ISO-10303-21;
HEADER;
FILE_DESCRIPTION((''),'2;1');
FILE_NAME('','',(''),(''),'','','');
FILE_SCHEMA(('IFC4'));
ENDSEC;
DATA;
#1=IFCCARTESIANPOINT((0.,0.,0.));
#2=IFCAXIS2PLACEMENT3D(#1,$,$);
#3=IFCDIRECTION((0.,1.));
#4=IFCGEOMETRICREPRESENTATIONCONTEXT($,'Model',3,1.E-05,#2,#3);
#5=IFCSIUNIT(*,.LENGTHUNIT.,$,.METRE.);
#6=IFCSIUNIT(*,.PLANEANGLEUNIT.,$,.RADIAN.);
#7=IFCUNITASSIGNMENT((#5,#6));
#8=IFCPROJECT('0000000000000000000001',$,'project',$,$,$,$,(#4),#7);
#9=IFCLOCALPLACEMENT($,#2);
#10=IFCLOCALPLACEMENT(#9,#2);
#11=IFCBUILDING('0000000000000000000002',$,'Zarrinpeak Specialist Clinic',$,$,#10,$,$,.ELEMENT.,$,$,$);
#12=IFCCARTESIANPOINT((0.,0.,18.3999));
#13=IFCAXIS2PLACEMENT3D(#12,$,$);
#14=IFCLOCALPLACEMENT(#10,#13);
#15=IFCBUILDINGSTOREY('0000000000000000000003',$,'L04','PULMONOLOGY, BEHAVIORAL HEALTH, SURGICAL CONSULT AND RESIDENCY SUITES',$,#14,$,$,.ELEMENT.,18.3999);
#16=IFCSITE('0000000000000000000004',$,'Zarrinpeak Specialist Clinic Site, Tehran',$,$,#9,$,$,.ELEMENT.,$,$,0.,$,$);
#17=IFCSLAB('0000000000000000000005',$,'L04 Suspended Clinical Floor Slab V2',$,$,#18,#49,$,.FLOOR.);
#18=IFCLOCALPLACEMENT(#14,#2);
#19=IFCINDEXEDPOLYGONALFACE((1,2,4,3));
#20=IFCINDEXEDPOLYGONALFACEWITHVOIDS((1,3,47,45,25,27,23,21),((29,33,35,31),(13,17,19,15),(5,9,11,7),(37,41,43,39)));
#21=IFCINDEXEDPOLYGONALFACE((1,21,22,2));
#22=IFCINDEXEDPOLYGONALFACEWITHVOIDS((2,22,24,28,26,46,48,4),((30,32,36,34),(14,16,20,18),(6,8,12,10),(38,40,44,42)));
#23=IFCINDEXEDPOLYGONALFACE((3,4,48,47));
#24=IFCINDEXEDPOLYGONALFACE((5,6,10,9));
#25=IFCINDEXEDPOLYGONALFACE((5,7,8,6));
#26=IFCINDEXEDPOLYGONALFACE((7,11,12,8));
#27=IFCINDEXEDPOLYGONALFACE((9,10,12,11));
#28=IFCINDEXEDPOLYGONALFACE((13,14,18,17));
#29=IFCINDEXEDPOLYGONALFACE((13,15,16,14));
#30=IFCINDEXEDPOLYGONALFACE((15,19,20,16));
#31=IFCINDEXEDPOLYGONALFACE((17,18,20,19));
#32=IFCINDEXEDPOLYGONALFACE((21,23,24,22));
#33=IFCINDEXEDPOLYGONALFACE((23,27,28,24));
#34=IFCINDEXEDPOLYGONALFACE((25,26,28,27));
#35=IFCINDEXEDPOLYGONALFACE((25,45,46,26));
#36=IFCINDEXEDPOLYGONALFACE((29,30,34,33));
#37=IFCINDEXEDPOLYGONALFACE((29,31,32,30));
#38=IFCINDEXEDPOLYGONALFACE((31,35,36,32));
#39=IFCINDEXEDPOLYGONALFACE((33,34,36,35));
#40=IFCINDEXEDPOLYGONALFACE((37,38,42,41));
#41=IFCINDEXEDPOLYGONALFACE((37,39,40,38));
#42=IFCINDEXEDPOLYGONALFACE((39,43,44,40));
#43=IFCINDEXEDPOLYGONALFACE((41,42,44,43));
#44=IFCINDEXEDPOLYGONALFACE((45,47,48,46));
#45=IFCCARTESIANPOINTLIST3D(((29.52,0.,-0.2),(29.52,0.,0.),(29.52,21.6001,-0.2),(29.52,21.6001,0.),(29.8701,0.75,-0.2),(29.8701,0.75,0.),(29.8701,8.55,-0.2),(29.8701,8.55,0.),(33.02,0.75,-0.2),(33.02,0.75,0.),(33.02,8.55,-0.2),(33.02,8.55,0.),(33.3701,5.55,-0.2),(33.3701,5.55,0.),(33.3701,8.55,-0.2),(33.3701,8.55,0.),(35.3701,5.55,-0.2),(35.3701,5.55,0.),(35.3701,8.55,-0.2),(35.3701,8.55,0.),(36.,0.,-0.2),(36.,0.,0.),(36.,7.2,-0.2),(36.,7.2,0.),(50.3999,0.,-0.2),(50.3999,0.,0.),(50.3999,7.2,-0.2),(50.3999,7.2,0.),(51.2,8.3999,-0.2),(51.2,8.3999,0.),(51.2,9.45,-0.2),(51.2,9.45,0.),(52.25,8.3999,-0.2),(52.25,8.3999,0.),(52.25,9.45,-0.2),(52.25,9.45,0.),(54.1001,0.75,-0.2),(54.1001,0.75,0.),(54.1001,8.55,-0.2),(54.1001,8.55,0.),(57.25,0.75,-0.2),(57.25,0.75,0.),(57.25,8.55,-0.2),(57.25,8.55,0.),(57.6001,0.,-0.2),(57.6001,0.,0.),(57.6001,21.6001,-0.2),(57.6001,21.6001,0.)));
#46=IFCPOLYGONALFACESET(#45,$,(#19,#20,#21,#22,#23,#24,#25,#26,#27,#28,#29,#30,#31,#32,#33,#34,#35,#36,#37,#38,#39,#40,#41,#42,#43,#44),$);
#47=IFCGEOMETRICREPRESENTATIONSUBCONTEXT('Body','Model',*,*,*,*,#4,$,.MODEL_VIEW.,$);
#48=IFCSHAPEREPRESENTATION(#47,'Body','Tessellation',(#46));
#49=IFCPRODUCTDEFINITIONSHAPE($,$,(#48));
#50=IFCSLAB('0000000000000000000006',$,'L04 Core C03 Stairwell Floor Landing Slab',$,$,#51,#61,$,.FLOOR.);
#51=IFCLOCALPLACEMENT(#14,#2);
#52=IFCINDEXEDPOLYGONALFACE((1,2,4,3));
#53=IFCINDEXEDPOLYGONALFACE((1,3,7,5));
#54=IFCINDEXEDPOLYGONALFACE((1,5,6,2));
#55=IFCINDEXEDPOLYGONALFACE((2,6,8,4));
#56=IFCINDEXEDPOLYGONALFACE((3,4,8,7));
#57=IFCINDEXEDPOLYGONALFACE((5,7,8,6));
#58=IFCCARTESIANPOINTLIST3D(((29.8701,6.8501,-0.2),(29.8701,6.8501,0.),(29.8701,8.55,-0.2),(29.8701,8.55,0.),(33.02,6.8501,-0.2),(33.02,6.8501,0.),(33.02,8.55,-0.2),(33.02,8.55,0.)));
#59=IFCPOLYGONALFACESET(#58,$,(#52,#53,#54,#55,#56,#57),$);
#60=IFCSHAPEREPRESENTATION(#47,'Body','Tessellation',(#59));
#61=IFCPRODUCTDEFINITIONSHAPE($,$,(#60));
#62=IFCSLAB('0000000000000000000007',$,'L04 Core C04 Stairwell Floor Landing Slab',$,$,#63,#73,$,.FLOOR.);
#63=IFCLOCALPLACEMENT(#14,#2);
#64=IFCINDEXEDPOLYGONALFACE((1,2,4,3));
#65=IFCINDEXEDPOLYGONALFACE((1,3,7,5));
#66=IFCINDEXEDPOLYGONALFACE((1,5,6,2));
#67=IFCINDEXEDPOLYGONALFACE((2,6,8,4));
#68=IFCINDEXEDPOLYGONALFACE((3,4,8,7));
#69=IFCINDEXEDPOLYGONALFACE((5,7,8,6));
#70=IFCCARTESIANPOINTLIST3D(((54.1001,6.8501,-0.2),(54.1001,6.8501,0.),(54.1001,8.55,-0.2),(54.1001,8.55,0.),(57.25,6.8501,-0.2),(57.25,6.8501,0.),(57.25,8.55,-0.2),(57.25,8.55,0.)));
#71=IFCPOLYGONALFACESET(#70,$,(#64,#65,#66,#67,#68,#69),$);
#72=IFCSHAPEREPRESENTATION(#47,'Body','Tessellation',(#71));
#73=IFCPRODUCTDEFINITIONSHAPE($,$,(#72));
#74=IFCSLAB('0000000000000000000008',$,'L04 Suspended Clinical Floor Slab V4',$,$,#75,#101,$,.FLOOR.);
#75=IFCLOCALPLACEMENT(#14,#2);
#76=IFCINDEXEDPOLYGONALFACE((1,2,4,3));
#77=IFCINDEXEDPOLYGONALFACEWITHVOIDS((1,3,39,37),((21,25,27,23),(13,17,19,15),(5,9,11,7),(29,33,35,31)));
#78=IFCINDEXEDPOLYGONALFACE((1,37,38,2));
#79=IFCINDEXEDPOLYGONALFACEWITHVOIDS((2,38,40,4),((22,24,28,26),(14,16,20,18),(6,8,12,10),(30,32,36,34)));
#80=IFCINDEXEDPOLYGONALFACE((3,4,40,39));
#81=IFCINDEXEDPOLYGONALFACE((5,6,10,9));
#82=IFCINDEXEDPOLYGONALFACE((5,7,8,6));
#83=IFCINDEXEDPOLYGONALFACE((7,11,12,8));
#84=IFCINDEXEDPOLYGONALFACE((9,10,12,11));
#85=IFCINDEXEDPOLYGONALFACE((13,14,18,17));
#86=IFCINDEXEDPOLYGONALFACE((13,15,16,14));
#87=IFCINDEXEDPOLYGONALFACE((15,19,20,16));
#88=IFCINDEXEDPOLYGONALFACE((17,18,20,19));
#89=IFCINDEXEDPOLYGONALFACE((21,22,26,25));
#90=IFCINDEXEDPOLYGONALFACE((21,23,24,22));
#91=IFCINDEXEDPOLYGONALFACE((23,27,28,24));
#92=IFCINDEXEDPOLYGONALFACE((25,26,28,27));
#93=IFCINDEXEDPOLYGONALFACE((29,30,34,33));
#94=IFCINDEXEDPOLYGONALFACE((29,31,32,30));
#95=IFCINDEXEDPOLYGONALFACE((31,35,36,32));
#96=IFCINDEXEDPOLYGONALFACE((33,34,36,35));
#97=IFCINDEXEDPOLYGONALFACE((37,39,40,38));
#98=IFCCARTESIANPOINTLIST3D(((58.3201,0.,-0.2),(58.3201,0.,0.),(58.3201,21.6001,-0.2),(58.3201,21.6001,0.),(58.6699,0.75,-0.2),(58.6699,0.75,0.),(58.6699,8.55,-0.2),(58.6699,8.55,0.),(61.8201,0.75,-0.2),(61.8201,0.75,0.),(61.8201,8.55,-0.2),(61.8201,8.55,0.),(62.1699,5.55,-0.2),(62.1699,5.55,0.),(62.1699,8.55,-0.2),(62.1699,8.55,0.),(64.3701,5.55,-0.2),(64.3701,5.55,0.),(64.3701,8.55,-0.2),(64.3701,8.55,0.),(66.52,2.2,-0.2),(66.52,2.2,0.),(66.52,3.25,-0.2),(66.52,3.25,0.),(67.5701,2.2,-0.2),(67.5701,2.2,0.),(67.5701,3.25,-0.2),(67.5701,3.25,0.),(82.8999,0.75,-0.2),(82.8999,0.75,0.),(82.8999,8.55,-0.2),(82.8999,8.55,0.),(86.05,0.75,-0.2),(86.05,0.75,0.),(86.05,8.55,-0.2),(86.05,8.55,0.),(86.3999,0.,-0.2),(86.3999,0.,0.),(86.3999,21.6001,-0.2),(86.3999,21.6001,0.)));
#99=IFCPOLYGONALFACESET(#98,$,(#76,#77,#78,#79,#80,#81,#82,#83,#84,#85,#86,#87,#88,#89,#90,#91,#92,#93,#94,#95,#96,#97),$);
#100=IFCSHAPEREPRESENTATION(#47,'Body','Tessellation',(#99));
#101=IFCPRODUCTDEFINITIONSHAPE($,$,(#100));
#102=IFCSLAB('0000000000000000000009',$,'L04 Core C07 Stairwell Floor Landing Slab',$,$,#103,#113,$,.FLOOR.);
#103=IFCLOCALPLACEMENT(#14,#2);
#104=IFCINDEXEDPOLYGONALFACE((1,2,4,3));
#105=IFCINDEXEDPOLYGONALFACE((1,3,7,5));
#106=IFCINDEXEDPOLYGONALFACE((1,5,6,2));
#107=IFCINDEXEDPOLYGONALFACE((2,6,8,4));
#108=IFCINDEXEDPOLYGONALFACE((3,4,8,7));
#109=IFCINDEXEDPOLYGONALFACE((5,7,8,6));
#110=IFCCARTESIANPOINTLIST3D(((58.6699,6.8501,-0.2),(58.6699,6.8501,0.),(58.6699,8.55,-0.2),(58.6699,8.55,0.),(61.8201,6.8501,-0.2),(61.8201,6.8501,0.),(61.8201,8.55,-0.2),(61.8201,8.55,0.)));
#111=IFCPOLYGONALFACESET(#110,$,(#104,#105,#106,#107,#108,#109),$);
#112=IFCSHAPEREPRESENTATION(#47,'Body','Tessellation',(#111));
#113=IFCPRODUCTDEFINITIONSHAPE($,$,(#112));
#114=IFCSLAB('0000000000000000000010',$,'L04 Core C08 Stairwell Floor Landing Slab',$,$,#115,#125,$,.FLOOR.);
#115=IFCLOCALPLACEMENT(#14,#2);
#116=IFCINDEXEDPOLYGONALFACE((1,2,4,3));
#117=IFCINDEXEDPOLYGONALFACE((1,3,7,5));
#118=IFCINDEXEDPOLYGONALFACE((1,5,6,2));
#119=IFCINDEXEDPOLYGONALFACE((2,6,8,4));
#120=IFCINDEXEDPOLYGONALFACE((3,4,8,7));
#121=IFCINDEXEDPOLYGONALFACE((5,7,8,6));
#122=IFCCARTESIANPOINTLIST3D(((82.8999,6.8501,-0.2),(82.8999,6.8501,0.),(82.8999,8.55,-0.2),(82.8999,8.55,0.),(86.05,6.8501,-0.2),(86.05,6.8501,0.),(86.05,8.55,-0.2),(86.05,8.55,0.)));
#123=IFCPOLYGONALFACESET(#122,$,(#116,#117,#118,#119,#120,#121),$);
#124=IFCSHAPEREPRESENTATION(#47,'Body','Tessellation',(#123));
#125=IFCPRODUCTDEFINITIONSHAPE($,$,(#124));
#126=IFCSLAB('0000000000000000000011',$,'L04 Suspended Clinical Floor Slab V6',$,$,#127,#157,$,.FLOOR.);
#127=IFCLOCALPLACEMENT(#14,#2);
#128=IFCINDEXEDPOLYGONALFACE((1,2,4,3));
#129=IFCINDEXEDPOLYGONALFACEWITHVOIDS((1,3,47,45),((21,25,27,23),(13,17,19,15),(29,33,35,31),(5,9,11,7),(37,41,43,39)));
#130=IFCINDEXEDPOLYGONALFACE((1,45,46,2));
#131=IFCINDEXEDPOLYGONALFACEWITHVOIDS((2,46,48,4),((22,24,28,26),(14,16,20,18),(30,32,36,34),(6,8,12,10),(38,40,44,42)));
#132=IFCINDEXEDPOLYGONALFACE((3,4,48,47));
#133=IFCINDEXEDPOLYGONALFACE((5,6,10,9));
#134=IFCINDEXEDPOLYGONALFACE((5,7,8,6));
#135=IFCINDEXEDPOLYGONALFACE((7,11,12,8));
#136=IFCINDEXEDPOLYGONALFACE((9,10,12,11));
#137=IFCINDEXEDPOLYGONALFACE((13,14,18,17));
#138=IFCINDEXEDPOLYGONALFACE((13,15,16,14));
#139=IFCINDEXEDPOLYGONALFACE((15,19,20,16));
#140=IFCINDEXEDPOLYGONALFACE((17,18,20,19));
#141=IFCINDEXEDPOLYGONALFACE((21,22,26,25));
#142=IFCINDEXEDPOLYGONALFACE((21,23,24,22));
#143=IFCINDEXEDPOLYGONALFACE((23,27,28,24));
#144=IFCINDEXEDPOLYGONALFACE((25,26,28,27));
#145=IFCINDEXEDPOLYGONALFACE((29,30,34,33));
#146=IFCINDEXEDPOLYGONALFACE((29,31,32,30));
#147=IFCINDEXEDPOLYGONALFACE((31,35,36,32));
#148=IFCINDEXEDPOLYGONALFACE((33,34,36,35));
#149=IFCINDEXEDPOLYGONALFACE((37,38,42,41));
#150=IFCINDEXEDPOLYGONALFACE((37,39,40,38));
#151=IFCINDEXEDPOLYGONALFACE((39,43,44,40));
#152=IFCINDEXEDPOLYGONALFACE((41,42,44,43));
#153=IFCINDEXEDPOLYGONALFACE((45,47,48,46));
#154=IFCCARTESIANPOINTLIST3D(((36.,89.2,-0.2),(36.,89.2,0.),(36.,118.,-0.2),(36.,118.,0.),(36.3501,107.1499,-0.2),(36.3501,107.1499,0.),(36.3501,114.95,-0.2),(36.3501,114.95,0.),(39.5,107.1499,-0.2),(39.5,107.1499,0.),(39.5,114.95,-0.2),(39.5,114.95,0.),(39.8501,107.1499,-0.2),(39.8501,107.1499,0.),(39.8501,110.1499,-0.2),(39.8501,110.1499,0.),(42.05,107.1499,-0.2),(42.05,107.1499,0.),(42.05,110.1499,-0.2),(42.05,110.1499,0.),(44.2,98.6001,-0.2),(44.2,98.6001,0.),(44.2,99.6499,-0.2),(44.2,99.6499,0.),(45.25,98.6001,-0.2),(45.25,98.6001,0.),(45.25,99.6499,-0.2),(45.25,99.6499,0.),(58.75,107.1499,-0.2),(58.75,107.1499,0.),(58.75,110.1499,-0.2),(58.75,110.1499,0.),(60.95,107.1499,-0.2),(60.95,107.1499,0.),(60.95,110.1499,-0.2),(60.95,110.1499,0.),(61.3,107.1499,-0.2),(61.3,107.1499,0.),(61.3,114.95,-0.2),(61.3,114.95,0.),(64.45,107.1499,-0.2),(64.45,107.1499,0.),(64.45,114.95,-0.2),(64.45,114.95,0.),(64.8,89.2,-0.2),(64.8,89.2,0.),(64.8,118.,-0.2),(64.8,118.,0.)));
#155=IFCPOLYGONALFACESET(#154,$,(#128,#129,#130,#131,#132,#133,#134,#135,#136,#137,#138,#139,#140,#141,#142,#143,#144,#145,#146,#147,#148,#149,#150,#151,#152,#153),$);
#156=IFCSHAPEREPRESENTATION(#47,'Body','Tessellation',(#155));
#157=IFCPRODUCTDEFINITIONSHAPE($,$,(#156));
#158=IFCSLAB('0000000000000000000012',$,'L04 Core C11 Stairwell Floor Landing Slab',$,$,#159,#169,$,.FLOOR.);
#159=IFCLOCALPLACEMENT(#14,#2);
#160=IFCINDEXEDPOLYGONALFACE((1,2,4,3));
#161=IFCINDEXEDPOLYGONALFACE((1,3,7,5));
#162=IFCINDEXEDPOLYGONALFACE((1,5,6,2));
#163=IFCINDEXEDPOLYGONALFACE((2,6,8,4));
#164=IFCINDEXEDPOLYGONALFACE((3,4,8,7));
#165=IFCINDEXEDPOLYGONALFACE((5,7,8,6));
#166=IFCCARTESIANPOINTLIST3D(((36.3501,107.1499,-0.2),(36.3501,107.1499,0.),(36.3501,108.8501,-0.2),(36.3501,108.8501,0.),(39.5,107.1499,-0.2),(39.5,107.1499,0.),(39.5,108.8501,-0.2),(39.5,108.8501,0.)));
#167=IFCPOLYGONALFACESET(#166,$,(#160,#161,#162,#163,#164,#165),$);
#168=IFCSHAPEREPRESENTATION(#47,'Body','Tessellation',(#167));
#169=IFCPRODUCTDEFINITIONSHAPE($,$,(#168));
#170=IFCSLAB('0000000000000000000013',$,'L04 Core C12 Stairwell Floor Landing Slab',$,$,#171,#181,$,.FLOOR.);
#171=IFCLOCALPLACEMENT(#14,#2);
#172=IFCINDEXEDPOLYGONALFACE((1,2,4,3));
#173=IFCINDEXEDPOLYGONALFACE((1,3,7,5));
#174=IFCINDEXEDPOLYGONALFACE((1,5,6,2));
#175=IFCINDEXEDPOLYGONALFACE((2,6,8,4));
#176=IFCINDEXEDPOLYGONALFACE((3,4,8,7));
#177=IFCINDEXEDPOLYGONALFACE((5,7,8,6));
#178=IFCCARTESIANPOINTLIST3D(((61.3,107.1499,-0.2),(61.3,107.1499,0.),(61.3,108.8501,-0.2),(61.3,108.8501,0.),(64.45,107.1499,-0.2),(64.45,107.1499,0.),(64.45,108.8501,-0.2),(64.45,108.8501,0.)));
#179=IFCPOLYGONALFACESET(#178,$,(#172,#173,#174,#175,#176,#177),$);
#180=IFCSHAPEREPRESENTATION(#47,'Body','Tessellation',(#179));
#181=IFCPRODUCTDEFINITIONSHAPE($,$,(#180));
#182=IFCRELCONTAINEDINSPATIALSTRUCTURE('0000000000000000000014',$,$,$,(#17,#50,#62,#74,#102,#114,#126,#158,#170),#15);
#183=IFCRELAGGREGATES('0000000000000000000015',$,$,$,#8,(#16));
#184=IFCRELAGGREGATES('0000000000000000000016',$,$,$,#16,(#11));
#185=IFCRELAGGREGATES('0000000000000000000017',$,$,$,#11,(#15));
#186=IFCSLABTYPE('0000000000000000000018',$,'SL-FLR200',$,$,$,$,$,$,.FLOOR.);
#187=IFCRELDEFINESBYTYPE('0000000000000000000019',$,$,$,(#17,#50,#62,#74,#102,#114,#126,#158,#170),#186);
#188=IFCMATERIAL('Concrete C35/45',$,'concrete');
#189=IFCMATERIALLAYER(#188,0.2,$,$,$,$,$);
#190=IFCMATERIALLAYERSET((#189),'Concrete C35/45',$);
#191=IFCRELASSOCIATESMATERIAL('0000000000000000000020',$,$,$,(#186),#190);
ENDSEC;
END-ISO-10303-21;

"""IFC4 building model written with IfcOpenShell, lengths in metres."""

from ifc_helpers import new_model, si_unit, direction, frame, origin, place, context, subcontext, project, spatial, polyline, outline, extrude, material, layer, layer_set, type_object, element, save


model = new_model("IFC4")

# Units and contexts
model_context = context("Model", 3, precision=1e-05, world=origin(), true_north=direction((0.0, 1.0)))
body_context = subcontext(model_context, "Body", "Model", "MODEL_VIEW")
ifc_project = project(units=[si_unit("LENGTHUNIT", "METRE"), si_unit("PLANEANGLEUNIT", "RADIAN")], contexts=[model_context])

# Site, building, storey
site_placement = place(None, origin())
site = spatial("IfcSite", under=ifc_project, at=site_placement, Name="Zarrinpeak Specialist Clinic Site, Tehran", CompositionType="ELEMENT", RefElevation=0.0)
building_placement = place(site_placement, origin())
building = spatial("IfcBuilding", under=site, at=building_placement, Name="Zarrinpeak Specialist Clinic", CompositionType="ELEMENT")
storey_placement = place(building_placement, frame((0.0, 0.0, 18.3999)))
storey = spatial("IfcBuildingStorey", under=building, at=storey_placement, Name="L04", Description="PULMONOLOGY, BEHAVIORAL HEALTH, SURGICAL CONSULT AND RESIDENCY SUITES", CompositionType="ELEMENT", Elevation=18.3999)

# Slabs
ifc_material_1 = material(Name="Concrete C35/45", Category="concrete")
ifc_layer_1 = layer(ifc_material_1, 0.2)
ifc_layer_set_1 = layer_set([ifc_layer_1], Name="Concrete C35/45")
slab_type = type_object("IfcSlabType", Name="SL-FLR200", PredefinedType="FLOOR", material=ifc_layer_set_1)
slab_1_placement = place(storey_placement, frame((0.0, 0.0, -0.2)))
element("IfcSlab", 1, at=slab_1_placement, inside=storey, type_object=slab_type, Name="L04 Suspended Clinical Floor Slab V2", PredefinedType="FLOOR", context=body_context, shape_type="SweptSolid", body=[
    extrude(outline(polyline([(29.52, 0.0), (36.0, 0.0), (36.0, 7.2), (50.3999, 7.2), (50.3999, 0.0), (57.6001, 0.0), (57.6001, 21.6001), (29.52, 21.6001), (29.52, 0.0)]), holes=[polyline([(29.8701, 0.75), (33.02, 0.75), (33.02, 8.55), (29.8701, 8.55), (29.8701, 0.75)]), polyline([(33.3701, 5.55), (35.3701, 5.55), (35.3701, 8.55), (33.3701, 8.55), (33.3701, 5.55)]), polyline([(54.1001, 0.75), (57.25, 0.75), (57.25, 8.55), (54.1001, 8.55), (54.1001, 0.75)]), polyline([(51.2, 8.3999), (52.25, 8.3999), (52.25, 9.45), (51.2, 9.45), (51.2, 8.3999)])]), origin(), (0.0, 0.0, 1.0), 0.2),
])
slab_2_placement = place(storey_placement, frame((0.0, 0.0, -0.2)))
element("IfcSlab", 2, at=slab_2_placement, inside=storey, type_object=slab_type, Name="L04 Core C03 Stairwell Floor Landing Slab", PredefinedType="FLOOR", context=body_context, shape_type="SweptSolid", body=[
    extrude(outline(polyline([(29.8701, 6.8501), (33.02, 6.8501), (33.02, 8.55), (29.8701, 8.55), (29.8701, 6.8501)])), origin(), (0.0, 0.0, 1.0), 0.2),
])
slab_3_placement = place(storey_placement, frame((0.0, 0.0, -0.2)))
element("IfcSlab", 3, at=slab_3_placement, inside=storey, type_object=slab_type, Name="L04 Core C04 Stairwell Floor Landing Slab", PredefinedType="FLOOR", context=body_context, shape_type="SweptSolid", body=[
    extrude(outline(polyline([(54.1001, 6.8501), (57.25, 6.8501), (57.25, 8.55), (54.1001, 8.55), (54.1001, 6.8501)])), origin(), (0.0, 0.0, 1.0), 0.2),
])
slab_4_placement = place(storey_placement, frame((0.0, 0.0, -0.2)))
element("IfcSlab", 4, at=slab_4_placement, inside=storey, type_object=slab_type, Name="L04 Suspended Clinical Floor Slab V4", PredefinedType="FLOOR", context=body_context, shape_type="SweptSolid", body=[
    extrude(outline(polyline([(58.3201, 0.0), (86.3999, 0.0), (86.3999, 21.6001), (58.3201, 21.6001), (58.3201, 0.0)]), holes=[polyline([(58.6699, 0.75), (61.8201, 0.75), (61.8201, 8.55), (58.6699, 8.55), (58.6699, 0.75)]), polyline([(62.1699, 5.55), (64.3701, 5.55), (64.3701, 8.55), (62.1699, 8.55), (62.1699, 5.55)]), polyline([(82.8999, 0.75), (86.05, 0.75), (86.05, 8.55), (82.8999, 8.55), (82.8999, 0.75)]), polyline([(66.52, 2.2), (67.5701, 2.2), (67.5701, 3.25), (66.52, 3.25), (66.52, 2.2)])]), origin(), (0.0, 0.0, 1.0), 0.2),
])
slab_5_placement = place(storey_placement, frame((0.0, 0.0, -0.2)))
element("IfcSlab", 5, at=slab_5_placement, inside=storey, type_object=slab_type, Name="L04 Core C07 Stairwell Floor Landing Slab", PredefinedType="FLOOR", context=body_context, shape_type="SweptSolid", body=[
    extrude(outline(polyline([(58.6699, 6.8501), (61.8201, 6.8501), (61.8201, 8.55), (58.6699, 8.55), (58.6699, 6.8501)])), origin(), (0.0, 0.0, 1.0), 0.2),
])
slab_6_placement = place(storey_placement, frame((0.0, 0.0, -0.2)))
element("IfcSlab", 6, at=slab_6_placement, inside=storey, type_object=slab_type, Name="L04 Core C08 Stairwell Floor Landing Slab", PredefinedType="FLOOR", context=body_context, shape_type="SweptSolid", body=[
    extrude(outline(polyline([(82.8999, 6.8501), (86.05, 6.8501), (86.05, 8.55), (82.8999, 8.55), (82.8999, 6.8501)])), origin(), (0.0, 0.0, 1.0), 0.2),
])
slab_7_placement = place(storey_placement, frame((0.0, 0.0, -0.2)))
element("IfcSlab", 7, at=slab_7_placement, inside=storey, type_object=slab_type, Name="L04 Suspended Clinical Floor Slab V6", PredefinedType="FLOOR", context=body_context, shape_type="SweptSolid", body=[
    extrude(outline(polyline([(36.0, 89.2), (64.8, 89.2), (64.8, 118.0), (36.0, 118.0), (36.0, 89.2)]), holes=[polyline([(36.3501, 107.1499), (39.5, 107.1499), (39.5, 114.95), (36.3501, 114.95), (36.3501, 107.1499)]), polyline([(39.8501, 107.1499), (42.05, 107.1499), (42.05, 110.1499), (39.8501, 110.1499), (39.8501, 107.1499)]), polyline([(61.3, 107.1499), (64.45, 107.1499), (64.45, 114.95), (61.3, 114.95), (61.3, 107.1499)]), polyline([(58.75, 107.1499), (60.95, 107.1499), (60.95, 110.1499), (58.75, 110.1499), (58.75, 107.1499)]), polyline([(44.2, 98.6001), (45.25, 98.6001), (45.25, 99.6499), (44.2, 99.6499), (44.2, 98.6001)])]), origin(), (0.0, 0.0, 1.0), 0.2),
])
slab_8_placement = place(storey_placement, frame((0.0, 0.0, -0.2)))
element("IfcSlab", 8, at=slab_8_placement, inside=storey, type_object=slab_type, Name="L04 Core C11 Stairwell Floor Landing Slab", PredefinedType="FLOOR", context=body_context, shape_type="SweptSolid", body=[
    extrude(outline(polyline([(36.3501, 107.1499), (39.5, 107.1499), (39.5, 108.8501), (36.3501, 108.8501), (36.3501, 107.1499)])), origin(), (0.0, 0.0, 1.0), 0.2),
])
slab_9_placement = place(storey_placement, frame((0.0, 0.0, -0.2)))
element("IfcSlab", 9, at=slab_9_placement, inside=storey, type_object=slab_type, Name="L04 Core C12 Stairwell Floor Landing Slab", PredefinedType="FLOOR", context=body_context, shape_type="SweptSolid", body=[
    extrude(outline(polyline([(61.3, 107.1499), (64.45, 107.1499), (64.45, 108.8501), (61.3, 108.8501), (61.3, 107.1499)])), origin(), (0.0, 0.0, 1.0), 0.2),
])

save(model, "model.ifc")
